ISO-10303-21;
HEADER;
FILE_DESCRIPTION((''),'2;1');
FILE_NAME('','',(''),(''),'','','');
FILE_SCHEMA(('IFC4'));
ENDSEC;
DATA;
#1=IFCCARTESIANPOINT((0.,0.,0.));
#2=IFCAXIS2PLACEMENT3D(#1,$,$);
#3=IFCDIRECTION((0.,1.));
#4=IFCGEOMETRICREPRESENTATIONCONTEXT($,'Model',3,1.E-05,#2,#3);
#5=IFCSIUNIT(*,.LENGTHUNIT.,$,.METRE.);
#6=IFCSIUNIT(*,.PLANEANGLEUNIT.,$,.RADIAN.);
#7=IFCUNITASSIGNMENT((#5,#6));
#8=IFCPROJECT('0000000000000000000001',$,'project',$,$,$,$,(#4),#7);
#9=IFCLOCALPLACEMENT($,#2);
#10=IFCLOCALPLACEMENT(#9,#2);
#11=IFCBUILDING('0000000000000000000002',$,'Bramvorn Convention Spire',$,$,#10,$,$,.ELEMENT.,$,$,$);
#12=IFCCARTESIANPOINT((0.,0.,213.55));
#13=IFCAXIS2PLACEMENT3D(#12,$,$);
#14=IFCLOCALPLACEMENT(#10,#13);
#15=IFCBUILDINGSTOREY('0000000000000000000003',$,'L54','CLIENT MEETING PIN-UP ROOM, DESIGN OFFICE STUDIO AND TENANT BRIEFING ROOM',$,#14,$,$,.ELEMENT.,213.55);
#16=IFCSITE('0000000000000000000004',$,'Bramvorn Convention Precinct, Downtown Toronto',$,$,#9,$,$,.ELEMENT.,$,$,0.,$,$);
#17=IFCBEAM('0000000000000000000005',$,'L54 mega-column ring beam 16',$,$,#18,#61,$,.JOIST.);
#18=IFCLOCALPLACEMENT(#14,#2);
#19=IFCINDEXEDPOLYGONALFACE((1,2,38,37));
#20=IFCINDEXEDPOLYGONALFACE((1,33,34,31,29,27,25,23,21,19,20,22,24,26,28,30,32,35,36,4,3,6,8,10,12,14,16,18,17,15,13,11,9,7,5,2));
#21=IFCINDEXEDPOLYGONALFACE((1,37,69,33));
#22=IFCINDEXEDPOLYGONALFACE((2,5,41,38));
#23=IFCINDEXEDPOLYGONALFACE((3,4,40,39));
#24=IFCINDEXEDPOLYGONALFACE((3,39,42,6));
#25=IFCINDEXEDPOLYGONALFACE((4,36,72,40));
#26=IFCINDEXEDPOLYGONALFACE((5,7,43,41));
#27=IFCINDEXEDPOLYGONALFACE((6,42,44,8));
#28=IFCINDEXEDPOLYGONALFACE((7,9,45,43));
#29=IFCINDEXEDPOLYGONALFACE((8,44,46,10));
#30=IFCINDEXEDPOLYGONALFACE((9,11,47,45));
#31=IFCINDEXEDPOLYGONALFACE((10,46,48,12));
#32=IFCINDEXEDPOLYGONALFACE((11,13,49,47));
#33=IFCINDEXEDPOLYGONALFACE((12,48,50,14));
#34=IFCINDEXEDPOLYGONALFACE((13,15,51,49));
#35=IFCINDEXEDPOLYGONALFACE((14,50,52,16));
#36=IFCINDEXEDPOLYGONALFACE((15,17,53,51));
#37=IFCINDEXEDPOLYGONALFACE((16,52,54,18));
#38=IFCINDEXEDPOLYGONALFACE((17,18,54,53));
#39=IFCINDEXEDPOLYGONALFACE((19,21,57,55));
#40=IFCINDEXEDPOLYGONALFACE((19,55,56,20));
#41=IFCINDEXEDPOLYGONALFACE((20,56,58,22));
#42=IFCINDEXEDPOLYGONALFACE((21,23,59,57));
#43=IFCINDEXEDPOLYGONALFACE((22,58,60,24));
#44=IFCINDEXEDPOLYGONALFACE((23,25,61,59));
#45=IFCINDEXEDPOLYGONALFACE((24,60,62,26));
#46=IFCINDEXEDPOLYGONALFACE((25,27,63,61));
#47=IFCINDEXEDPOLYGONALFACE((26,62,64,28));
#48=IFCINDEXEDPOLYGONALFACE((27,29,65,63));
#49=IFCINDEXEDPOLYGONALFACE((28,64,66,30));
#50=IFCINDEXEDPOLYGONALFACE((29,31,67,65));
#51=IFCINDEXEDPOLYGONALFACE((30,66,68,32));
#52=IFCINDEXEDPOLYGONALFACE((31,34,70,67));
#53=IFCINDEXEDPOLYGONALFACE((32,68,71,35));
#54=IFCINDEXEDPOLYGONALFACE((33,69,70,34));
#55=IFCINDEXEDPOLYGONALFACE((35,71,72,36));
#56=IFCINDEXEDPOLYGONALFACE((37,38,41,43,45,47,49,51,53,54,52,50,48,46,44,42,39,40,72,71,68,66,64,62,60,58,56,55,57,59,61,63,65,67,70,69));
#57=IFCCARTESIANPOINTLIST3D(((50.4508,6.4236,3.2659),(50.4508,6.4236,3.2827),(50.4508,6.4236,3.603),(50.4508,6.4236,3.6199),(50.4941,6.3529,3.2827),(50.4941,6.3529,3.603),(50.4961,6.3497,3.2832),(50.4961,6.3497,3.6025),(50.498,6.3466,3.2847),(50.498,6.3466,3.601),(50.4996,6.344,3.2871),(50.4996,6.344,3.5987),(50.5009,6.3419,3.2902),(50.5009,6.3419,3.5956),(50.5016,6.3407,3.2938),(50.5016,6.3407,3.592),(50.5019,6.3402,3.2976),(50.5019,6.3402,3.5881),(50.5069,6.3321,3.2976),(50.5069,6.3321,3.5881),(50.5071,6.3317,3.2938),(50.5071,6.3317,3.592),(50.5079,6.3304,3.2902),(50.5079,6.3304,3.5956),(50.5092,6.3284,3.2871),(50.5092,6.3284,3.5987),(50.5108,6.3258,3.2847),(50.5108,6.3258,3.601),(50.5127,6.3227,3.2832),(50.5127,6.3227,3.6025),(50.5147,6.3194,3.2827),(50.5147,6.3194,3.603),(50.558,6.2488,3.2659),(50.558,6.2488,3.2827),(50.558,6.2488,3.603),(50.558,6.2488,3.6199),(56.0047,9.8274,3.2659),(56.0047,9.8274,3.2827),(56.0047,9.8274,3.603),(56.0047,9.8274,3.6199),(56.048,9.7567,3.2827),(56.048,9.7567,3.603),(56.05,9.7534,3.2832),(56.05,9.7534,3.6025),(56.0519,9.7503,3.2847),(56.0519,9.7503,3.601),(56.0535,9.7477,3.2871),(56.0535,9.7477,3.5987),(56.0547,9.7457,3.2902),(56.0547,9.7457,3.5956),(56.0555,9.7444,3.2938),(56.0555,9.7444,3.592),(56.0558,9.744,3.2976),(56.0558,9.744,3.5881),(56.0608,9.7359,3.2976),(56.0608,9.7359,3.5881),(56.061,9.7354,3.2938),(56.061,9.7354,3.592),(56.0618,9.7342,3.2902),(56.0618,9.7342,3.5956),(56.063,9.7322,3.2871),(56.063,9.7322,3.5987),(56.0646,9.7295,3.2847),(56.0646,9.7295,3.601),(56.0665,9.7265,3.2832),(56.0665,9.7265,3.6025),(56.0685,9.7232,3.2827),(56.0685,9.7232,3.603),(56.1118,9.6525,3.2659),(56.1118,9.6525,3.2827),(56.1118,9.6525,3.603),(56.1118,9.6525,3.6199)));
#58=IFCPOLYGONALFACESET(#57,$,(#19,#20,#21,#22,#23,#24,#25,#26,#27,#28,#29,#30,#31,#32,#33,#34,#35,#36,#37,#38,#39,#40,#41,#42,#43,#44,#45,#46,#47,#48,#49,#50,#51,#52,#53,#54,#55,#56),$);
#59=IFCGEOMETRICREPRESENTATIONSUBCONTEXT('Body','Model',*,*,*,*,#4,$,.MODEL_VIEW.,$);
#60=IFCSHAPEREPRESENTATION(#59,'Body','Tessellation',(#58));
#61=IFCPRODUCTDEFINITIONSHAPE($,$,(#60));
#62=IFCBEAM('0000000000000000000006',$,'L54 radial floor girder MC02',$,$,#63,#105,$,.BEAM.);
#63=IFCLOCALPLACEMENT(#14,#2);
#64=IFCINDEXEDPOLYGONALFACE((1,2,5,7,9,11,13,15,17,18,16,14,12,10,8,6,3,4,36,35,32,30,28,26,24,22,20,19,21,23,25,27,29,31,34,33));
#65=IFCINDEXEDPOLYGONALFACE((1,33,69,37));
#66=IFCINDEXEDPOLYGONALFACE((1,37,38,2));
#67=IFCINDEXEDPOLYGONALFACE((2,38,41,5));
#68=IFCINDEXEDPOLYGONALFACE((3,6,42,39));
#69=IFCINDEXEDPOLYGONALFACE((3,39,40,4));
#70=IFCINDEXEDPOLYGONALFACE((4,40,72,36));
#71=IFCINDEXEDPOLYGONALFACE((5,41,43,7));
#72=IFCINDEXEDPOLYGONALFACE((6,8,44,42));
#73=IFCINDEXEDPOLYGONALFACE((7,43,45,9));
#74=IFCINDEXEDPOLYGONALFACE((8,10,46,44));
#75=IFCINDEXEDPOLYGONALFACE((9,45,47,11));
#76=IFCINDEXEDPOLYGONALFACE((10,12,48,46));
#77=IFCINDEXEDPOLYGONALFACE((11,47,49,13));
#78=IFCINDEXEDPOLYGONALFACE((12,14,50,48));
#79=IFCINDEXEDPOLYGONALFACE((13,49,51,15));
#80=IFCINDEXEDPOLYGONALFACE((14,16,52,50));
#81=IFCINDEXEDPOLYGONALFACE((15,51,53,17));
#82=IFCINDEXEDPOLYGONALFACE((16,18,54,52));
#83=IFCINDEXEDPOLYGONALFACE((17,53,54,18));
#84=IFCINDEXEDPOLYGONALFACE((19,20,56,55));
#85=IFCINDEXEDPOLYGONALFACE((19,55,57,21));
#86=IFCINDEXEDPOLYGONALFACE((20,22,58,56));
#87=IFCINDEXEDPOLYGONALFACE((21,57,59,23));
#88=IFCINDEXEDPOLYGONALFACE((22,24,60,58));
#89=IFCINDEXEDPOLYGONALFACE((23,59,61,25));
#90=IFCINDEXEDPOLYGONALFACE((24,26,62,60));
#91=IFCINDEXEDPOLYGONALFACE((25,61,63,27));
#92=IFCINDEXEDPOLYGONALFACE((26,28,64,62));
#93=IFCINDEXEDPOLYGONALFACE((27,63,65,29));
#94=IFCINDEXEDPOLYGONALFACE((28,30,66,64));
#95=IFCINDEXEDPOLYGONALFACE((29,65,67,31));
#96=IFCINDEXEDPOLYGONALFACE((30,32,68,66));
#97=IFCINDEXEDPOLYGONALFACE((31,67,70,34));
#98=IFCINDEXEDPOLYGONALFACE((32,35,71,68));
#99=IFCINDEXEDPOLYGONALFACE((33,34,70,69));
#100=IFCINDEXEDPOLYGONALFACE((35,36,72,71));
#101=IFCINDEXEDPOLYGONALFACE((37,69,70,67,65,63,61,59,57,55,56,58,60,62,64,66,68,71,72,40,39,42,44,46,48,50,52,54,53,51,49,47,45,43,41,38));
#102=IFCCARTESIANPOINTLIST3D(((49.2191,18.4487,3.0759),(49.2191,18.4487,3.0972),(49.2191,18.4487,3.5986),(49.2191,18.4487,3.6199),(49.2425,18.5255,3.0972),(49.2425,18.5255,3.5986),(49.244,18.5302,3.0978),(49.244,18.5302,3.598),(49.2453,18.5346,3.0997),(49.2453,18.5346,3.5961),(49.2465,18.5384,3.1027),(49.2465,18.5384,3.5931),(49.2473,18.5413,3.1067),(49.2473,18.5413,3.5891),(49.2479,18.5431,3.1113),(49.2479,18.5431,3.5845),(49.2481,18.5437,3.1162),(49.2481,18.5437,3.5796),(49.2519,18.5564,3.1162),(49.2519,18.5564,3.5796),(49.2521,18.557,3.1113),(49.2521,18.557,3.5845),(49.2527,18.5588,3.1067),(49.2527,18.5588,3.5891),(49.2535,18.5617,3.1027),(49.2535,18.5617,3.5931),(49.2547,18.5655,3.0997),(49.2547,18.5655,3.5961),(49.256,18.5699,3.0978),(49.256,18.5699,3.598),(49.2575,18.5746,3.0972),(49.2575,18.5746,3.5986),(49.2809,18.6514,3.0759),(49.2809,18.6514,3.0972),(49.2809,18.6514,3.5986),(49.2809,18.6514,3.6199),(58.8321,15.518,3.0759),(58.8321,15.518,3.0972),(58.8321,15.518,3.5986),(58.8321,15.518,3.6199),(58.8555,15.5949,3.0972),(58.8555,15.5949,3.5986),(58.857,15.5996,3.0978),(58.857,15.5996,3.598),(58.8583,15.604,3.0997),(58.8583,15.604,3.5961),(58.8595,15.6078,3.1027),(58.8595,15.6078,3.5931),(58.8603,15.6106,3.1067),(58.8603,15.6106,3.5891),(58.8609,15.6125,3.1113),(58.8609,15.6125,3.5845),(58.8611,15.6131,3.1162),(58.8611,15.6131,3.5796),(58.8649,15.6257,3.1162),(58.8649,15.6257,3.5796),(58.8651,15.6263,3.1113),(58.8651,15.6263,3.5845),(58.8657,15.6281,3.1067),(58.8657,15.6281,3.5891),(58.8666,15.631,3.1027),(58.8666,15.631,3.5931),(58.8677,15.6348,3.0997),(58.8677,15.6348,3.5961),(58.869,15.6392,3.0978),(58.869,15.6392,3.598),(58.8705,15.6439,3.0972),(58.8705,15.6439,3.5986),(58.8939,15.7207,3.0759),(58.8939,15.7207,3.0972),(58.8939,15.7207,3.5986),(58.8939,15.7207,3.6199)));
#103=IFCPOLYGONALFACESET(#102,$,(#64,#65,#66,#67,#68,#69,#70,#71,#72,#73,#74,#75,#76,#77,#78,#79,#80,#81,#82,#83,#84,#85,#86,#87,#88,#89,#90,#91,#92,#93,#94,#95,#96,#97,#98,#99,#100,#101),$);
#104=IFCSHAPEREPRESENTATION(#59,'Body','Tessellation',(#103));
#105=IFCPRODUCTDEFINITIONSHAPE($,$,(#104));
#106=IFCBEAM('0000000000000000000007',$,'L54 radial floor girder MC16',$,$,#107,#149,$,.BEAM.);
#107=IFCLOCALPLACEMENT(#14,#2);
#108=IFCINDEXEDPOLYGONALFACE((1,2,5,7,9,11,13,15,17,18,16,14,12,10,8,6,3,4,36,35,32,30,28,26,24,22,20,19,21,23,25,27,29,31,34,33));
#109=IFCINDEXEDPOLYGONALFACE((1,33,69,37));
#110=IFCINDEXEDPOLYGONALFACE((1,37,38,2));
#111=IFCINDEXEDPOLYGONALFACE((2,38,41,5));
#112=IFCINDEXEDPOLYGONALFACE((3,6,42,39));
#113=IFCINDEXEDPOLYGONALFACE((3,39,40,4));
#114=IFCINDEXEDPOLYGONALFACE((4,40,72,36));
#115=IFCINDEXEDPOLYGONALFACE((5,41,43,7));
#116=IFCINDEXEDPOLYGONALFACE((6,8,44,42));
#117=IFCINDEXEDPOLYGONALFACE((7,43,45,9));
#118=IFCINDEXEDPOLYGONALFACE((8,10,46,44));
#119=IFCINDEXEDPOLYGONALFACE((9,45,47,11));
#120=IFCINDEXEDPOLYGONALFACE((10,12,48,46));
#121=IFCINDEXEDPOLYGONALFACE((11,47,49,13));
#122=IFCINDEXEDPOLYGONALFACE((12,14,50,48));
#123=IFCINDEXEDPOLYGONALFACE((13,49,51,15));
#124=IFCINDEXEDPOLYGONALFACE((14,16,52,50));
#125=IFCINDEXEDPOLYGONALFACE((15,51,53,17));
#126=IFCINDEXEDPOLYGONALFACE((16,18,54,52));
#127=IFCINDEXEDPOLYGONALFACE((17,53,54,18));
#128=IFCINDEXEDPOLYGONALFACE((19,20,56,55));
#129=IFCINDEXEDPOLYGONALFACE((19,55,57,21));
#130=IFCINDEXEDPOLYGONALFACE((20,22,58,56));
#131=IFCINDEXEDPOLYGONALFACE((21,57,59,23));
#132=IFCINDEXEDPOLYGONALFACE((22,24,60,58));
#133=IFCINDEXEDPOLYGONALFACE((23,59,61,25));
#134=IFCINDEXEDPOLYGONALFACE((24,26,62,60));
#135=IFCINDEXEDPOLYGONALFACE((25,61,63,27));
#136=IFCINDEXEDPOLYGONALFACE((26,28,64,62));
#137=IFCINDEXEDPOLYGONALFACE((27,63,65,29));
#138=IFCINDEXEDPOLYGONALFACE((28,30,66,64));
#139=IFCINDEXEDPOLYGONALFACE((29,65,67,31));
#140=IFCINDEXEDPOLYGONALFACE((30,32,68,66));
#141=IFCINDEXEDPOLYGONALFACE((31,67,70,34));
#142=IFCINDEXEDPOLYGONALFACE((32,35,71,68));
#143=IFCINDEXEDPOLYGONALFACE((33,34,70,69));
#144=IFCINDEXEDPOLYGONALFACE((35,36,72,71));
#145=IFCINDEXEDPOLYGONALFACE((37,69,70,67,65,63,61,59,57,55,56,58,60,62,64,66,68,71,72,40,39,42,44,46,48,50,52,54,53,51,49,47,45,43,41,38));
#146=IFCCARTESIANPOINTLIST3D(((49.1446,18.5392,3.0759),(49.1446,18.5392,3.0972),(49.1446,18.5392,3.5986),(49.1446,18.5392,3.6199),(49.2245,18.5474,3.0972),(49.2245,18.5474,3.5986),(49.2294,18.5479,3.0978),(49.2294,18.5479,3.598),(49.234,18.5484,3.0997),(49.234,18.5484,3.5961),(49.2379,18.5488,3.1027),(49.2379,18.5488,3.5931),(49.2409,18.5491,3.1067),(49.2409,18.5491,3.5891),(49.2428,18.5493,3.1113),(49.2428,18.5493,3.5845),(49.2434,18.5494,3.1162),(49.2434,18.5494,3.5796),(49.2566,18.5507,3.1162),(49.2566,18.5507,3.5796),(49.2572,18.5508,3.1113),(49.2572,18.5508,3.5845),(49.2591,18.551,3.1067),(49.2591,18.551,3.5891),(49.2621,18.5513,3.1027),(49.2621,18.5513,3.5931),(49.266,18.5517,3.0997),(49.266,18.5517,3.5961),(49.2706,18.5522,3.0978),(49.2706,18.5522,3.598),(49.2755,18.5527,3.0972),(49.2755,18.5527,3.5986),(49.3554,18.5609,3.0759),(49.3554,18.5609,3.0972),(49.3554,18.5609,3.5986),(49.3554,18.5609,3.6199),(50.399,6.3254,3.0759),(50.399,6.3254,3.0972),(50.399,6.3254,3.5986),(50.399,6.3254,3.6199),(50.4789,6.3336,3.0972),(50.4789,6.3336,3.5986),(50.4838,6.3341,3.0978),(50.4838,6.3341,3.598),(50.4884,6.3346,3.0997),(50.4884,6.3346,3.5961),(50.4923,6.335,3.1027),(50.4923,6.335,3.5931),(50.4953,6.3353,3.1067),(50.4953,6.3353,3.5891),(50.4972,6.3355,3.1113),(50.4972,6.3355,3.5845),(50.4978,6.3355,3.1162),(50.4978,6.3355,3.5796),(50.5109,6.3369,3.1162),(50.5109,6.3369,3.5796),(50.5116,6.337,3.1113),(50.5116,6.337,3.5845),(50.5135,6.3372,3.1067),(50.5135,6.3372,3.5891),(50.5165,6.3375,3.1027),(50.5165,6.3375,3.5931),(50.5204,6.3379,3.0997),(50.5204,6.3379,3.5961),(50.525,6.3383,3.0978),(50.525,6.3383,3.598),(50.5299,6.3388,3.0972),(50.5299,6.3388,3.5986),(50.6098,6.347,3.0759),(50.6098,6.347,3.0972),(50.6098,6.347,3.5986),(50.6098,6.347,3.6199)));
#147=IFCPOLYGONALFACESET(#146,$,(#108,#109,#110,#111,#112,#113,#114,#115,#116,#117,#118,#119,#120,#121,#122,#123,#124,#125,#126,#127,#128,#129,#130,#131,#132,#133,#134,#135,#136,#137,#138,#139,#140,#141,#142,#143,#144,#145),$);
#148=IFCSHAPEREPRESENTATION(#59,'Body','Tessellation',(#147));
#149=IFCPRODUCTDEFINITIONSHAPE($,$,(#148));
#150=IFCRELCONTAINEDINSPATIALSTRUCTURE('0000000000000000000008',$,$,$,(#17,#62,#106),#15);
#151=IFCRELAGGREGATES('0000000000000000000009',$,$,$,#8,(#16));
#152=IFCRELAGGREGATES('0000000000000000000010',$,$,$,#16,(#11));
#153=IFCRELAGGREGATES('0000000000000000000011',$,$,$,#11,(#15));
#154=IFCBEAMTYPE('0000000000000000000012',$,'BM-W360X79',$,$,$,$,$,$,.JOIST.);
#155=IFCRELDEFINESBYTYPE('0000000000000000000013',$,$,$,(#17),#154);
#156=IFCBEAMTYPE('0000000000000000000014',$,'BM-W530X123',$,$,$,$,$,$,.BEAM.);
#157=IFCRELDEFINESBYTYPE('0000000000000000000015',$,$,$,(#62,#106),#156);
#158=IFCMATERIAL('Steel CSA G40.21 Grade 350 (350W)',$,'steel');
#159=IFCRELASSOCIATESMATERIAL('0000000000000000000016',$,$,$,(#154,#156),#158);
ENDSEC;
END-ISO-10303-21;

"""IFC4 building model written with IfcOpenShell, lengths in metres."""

from ifc_helpers import new_model, si_unit, direction, frame, origin, origin_2d, place, context, subcontext, project, spatial, i_section, extrude, material, material_profile, profile_set, type_object, element, save


model = new_model("IFC4")

# Units and contexts
model_context = context("Model", 3, precision=1e-05, world=origin(), true_north=direction((0.0, 1.0)))
body_context = subcontext(model_context, "Body", "Model", "MODEL_VIEW")
ifc_project = project(units=[si_unit("LENGTHUNIT", "METRE"), si_unit("PLANEANGLEUNIT", "RADIAN")], contexts=[model_context])

# Site, building, storey
site_placement = place(None, origin())
site = spatial("IfcSite", under=ifc_project, at=site_placement, Name="Bramvorn Convention Precinct, Downtown Toronto", CompositionType="ELEMENT", RefElevation=0.0)
building_placement = place(site_placement, origin())
building = spatial("IfcBuilding", under=site, at=building_placement, Name="Bramvorn Convention Spire", CompositionType="ELEMENT")
storey_placement = place(building_placement, frame((0.0, 0.0, 213.55)))
storey = spatial("IfcBuildingStorey", under=building, at=storey_placement, Name="L54", Description="CLIENT MEETING PIN-UP ROOM, DESIGN OFFICE STUDIO AND TENANT BRIEFING ROOM", CompositionType="ELEMENT", Elevation=213.55)

# Shared definitions
ifc_material_1 = material(Name="Steel CSA G40.21 Grade 350 (350W)", Category="steel")

# Beams
ifc_material_profile_1 = material_profile(ifc_material_1, i_section(OverallWidth=0.2051, OverallDepth=0.354, WebThickness=0.0095, FlangeThickness=0.0168, FilletRadius=0.0149, at=origin_2d()))
ifc_profile_set_1 = profile_set([ifc_material_profile_1], Name="Steel CSA G40.21 Grade 350 (350W) - W360X79")
beam_type_1 = type_object("IfcBeamType", Name="BM-W360X79", PredefinedType="JOIST", material=ifc_profile_set_1)
beam_1_placement = place(storey_placement, frame((50.5044, 6.3362, 3.4429), z_axis=(0.852617, 0.522537, 0.0), x_axis=(-0.522537, 0.852617, 0.0)))
element("IfcBeam", 1, at=beam_1_placement, inside=storey, type_object=beam_type_1, Name="L54 mega-column ring beam 16", PredefinedType="JOIST", context=body_context, shape_type="SweptSolid", body=[
    extrude(i_section(OverallWidth=0.2051, OverallDepth=0.354, WebThickness=0.0095, FlangeThickness=0.0168, FilletRadius=0.0149, at=origin_2d()), origin(), (0.0, 0.0, 1.0), 6.5139),
])
ifc_material_profile_2 = material_profile(ifc_material_1, i_section(OverallWidth=0.2119, OverallDepth=0.5439, WebThickness=0.0132, FlangeThickness=0.0212, FilletRadius=0.019, at=origin_2d()))
ifc_profile_set_2 = profile_set([ifc_material_profile_2], Name="Steel CSA G40.21 Grade 350 (350W) - W530X123")
beam_type_2 = type_object("IfcBeamType", Name="BM-W530X123", PredefinedType="BEAM", material=ifc_profile_set_2)
beam_2_placement = place(storey_placement, frame((49.25, 18.55, 3.3479), z_axis=(0.956536, -0.291613, 0.0), x_axis=(0.291613, 0.956536, 0.0)))
element("IfcBeam", 2, at=beam_2_placement, inside=storey, type_object=beam_type_2, Name="L54 radial floor girder MC02", PredefinedType="BEAM", context=body_context, shape_type="SweptSolid", body=[
    extrude(i_section(OverallWidth=0.2119, OverallDepth=0.5439, WebThickness=0.0132, FlangeThickness=0.0212, FilletRadius=0.019, at=origin_2d()), origin(), (0.0, 0.0, 1.0), 10.0498),
])
beam_3_placement = place(storey_placement, frame((49.25, 18.55, 3.3479), z_axis=(0.102165, -0.994767, 0.0), x_axis=(0.994767, 0.102165, 0.0)))
element("IfcBeam", 3, at=beam_3_placement, inside=storey, type_object=beam_type_2, Name="L54 radial floor girder MC16", PredefinedType="BEAM", context=body_context, shape_type="SweptSolid", body=[
    extrude(i_section(OverallWidth=0.2119, OverallDepth=0.5439, WebThickness=0.0132, FlangeThickness=0.0212, FilletRadius=0.019, at=origin_2d()), origin(), (0.0, 0.0, 1.0), 12.2781),
])

save(model, "model.ifc")
